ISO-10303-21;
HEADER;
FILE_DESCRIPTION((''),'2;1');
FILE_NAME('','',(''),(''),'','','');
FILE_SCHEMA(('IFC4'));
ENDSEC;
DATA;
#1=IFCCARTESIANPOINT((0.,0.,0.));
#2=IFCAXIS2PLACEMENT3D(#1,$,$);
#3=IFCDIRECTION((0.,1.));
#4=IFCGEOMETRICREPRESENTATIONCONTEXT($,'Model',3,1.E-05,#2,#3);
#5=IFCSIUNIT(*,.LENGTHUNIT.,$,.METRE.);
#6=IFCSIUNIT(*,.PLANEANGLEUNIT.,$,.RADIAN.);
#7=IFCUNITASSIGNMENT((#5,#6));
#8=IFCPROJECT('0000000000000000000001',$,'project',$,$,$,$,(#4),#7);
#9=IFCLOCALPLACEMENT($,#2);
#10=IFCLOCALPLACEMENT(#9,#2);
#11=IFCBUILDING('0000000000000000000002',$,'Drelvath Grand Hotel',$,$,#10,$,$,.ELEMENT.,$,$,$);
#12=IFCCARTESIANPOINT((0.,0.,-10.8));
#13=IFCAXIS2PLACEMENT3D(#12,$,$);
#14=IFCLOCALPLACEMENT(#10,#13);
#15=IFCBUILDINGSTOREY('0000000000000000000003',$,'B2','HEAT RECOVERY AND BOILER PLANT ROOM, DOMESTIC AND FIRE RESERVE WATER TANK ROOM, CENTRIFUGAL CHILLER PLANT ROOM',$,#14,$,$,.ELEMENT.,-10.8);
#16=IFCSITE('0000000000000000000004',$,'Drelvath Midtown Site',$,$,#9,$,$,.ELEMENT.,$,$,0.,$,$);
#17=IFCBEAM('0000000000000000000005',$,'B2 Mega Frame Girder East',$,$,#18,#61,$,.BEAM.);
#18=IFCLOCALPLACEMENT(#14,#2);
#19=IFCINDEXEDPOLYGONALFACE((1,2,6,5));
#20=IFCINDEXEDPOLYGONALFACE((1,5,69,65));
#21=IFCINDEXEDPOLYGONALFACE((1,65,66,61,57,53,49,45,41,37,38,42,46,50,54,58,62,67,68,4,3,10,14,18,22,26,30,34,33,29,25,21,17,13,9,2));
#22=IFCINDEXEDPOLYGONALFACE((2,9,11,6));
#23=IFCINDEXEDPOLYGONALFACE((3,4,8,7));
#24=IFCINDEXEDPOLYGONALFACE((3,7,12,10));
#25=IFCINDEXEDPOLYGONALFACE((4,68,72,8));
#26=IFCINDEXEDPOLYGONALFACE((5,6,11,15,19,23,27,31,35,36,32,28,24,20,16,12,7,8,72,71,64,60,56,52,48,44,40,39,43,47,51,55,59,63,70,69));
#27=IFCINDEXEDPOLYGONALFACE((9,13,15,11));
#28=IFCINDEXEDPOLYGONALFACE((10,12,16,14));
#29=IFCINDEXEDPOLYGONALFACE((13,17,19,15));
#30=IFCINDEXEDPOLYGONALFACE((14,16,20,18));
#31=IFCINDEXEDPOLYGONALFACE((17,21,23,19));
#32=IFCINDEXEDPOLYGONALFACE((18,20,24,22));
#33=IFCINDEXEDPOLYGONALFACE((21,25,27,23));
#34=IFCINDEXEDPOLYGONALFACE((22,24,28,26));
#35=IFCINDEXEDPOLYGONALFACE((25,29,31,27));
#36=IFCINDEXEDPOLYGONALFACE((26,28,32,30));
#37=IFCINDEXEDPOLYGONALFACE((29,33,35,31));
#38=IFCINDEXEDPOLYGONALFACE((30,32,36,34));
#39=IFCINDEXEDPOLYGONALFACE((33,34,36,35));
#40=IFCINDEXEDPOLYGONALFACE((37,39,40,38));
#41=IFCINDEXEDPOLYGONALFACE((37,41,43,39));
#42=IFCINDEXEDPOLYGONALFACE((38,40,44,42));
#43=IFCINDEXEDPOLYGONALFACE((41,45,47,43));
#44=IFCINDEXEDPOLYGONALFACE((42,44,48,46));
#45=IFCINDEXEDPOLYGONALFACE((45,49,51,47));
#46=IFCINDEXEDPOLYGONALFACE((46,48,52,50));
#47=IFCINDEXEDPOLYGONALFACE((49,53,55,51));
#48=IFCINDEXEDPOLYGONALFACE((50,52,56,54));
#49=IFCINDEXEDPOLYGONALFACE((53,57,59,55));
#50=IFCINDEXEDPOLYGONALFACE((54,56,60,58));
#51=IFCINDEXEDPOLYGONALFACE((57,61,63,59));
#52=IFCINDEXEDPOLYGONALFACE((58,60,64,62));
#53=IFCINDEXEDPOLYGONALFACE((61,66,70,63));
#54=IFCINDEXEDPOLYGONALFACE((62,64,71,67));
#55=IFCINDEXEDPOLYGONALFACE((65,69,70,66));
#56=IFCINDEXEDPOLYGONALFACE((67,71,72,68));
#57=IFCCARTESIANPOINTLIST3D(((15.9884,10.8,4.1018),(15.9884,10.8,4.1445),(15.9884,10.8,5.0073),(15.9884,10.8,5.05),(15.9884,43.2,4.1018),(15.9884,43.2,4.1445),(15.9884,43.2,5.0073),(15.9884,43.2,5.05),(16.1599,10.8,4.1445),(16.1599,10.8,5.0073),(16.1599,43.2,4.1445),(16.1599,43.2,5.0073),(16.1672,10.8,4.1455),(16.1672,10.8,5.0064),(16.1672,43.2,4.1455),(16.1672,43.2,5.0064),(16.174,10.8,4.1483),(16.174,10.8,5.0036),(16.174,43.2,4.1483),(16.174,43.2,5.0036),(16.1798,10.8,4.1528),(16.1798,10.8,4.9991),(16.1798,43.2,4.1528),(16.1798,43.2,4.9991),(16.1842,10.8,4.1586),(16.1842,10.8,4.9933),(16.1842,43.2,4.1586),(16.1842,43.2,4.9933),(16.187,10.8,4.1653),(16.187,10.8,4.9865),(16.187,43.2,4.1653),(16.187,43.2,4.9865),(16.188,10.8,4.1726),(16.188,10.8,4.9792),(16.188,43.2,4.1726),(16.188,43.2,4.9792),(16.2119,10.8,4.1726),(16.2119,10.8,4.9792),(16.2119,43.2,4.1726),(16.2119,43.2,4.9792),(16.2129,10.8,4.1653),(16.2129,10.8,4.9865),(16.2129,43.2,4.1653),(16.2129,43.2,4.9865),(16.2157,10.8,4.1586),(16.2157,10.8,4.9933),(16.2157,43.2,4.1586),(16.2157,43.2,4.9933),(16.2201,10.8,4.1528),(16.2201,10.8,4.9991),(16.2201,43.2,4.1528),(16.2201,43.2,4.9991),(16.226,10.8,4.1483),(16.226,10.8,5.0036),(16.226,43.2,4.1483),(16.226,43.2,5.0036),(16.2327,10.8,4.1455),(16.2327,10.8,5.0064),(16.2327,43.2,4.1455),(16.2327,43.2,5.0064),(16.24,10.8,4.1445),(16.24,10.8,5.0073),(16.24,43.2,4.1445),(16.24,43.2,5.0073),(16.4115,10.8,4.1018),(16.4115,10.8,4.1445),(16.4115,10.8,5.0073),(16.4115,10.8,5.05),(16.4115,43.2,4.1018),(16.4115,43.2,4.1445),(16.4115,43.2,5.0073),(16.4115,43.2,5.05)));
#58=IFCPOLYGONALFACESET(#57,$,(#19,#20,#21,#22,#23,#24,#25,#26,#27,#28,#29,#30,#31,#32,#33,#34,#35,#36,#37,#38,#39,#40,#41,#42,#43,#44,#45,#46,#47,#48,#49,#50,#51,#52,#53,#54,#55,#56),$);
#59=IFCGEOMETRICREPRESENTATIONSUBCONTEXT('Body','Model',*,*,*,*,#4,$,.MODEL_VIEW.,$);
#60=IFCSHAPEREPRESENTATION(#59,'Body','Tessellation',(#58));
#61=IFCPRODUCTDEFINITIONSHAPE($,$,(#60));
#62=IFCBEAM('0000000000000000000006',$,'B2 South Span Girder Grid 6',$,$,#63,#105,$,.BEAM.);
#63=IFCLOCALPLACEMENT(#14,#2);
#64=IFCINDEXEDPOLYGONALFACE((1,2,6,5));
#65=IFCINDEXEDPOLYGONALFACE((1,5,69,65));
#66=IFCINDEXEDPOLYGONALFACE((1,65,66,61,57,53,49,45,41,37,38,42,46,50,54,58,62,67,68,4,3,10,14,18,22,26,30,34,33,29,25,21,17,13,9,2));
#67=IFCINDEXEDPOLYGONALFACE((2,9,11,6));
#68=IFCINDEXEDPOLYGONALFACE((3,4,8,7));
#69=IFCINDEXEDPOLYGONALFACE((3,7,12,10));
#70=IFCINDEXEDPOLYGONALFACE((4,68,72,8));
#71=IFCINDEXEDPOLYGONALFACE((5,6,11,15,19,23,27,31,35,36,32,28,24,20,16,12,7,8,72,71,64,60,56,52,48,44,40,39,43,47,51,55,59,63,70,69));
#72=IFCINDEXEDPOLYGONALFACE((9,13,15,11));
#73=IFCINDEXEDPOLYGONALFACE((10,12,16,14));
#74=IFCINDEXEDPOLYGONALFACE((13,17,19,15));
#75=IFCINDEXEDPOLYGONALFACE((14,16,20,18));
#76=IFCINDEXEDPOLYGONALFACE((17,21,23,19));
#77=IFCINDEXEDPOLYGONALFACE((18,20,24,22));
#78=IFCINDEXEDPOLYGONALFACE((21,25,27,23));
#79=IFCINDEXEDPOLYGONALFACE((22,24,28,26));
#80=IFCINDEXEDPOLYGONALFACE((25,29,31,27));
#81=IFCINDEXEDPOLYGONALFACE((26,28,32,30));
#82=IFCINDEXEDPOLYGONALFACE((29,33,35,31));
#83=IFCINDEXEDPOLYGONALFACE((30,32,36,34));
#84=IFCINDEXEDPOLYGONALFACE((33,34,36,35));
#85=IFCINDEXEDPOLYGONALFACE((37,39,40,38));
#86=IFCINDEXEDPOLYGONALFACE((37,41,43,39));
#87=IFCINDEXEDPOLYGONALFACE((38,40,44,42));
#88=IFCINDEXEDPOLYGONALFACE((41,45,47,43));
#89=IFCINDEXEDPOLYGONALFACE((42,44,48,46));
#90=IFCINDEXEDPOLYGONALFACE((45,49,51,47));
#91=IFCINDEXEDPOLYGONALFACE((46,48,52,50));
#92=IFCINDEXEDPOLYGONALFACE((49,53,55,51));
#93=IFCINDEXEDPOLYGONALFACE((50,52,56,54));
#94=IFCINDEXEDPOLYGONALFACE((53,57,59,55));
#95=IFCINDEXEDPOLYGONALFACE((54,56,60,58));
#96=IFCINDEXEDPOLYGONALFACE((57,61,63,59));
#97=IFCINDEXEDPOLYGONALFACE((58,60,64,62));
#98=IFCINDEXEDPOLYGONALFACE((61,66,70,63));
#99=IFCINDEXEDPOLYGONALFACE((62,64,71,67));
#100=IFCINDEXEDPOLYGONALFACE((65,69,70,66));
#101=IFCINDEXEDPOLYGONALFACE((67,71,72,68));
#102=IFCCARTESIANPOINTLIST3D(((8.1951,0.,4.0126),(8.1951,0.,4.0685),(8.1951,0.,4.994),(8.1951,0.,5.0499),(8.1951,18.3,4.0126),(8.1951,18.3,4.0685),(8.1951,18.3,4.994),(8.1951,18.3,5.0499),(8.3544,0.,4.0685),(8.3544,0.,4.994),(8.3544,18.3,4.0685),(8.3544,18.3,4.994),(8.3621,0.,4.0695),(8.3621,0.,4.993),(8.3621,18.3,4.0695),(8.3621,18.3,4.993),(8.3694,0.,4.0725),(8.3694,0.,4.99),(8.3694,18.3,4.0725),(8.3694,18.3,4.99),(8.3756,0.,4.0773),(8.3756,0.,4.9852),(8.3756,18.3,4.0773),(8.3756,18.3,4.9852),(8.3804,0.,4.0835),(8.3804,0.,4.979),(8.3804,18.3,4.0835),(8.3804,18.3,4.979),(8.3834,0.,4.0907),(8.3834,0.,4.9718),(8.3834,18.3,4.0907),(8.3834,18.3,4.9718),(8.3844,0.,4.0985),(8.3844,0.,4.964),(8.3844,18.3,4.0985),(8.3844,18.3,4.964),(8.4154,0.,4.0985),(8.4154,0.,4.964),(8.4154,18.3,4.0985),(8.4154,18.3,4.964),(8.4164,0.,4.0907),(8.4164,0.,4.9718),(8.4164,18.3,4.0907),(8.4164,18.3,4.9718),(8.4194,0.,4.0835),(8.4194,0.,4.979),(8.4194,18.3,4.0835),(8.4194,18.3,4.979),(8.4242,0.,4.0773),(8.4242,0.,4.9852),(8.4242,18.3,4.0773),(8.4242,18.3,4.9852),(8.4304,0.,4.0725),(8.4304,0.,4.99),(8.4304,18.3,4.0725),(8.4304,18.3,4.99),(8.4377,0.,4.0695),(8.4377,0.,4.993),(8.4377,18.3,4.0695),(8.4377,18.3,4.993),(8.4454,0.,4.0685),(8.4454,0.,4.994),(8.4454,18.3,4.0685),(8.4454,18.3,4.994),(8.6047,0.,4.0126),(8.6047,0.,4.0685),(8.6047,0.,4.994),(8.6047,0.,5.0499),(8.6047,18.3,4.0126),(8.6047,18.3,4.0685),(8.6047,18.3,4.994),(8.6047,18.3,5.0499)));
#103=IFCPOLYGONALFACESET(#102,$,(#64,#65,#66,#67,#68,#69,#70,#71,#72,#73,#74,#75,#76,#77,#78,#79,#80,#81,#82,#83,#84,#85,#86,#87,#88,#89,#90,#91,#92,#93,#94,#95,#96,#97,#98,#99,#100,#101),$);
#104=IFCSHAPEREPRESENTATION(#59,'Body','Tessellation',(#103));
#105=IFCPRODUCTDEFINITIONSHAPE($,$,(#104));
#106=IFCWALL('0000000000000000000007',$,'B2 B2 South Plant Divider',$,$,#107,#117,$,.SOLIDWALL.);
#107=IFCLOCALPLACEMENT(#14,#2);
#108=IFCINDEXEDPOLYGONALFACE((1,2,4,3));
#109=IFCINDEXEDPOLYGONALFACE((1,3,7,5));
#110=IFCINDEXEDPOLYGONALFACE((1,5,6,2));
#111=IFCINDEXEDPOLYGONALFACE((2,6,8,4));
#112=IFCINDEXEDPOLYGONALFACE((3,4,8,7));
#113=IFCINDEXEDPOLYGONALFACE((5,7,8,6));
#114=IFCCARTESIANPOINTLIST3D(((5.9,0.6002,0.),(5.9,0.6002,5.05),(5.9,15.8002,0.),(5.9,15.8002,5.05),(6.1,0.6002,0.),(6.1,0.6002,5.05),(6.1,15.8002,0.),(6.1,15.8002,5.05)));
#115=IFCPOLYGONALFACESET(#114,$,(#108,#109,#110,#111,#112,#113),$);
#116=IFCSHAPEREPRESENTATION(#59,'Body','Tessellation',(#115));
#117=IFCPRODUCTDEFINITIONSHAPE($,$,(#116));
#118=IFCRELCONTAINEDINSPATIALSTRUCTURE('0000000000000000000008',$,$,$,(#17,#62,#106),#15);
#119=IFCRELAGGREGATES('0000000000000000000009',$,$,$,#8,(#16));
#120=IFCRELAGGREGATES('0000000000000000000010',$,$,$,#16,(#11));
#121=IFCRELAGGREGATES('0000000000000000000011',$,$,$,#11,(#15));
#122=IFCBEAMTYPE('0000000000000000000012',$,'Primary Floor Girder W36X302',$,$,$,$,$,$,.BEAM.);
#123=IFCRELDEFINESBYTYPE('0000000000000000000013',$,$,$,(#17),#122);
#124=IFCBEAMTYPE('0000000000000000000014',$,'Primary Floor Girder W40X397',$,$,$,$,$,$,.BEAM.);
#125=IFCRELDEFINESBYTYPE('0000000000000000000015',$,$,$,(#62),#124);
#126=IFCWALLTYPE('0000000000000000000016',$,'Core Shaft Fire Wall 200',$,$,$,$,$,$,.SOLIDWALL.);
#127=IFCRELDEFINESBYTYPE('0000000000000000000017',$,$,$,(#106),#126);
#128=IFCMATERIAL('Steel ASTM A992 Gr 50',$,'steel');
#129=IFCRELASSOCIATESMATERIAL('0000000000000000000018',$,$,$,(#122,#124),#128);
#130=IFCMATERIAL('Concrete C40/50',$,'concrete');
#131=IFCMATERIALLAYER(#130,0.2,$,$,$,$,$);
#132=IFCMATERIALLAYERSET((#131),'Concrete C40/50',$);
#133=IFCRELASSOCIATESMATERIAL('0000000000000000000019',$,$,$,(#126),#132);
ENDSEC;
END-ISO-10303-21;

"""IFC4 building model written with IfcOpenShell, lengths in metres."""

from ifc_helpers import new_model, si_unit, direction, frame, frame_2d, origin, origin_2d, place, context, subcontext, project, spatial, rectangle, i_section, extrude, material, layer, layer_set, material_profile, profile_set, type_object, element, save


model = new_model("IFC4")

# Units and contexts
model_context = context("Model", 3, precision=1e-05, world=origin(), true_north=direction((0.0, 1.0)))
body_context = subcontext(model_context, "Body", "Model", "MODEL_VIEW")
ifc_project = project(units=[si_unit("LENGTHUNIT", "METRE"), si_unit("PLANEANGLEUNIT", "RADIAN")], contexts=[model_context])

# Site, building, storey
site_placement = place(None, origin())
site = spatial("IfcSite", under=ifc_project, at=site_placement, Name="Drelvath Midtown Site", CompositionType="ELEMENT", RefElevation=0.0)
building_placement = place(site_placement, origin())
building = spatial("IfcBuilding", under=site, at=building_placement, Name="Drelvath Grand Hotel", CompositionType="ELEMENT")
storey_placement = place(building_placement, frame((0.0, 0.0, -10.8)))
storey = spatial("IfcBuildingStorey", under=building, at=storey_placement, Name="B2", Description="HEAT RECOVERY AND BOILER PLANT ROOM, DOMESTIC AND FIRE RESERVE WATER TANK ROOM, CENTRIFUGAL CHILLER PLANT ROOM", CompositionType="ELEMENT", Elevation=-10.8)

# Beams
ifc_material_1 = material(Name="Steel ASTM A992 Gr 50", Category="steel")
ifc_material_profile_1 = material_profile(ifc_material_1, i_section(OverallWidth=0.4231, OverallDepth=0.9482, WebThickness=0.0239, FlangeThickness=0.0427, FilletRadius=0.0281, at=origin_2d()), Name="W36X302")
ifc_profile_set_1 = profile_set([ifc_material_profile_1], Name="Steel ASTM A992 Gr 50")
beam_type_1 = type_object("IfcBeamType", Name="Primary Floor Girder W36X302", PredefinedType="BEAM", material=ifc_profile_set_1)
beam_1_placement = place(storey_placement, frame((16.2, 10.8, 4.5759), z_axis=(0.0, 1.0, 0.0), x_axis=(-1.0, 0.0, 0.0)))
element("IfcBeam", 1, at=beam_1_placement, inside=storey, type_object=beam_type_1, Name="B2 Mega Frame Girder East", PredefinedType="BEAM", context=body_context, shape_type="SweptSolid", body=[
    extrude(i_section(OverallWidth=0.4231, OverallDepth=0.9482, WebThickness=0.0239, FlangeThickness=0.0427, FilletRadius=0.0281, at=origin_2d()), origin(), (0.0, 0.0, 1.0), 32.3999),
])
ifc_material_profile_2 = material_profile(ifc_material_1, i_section(OverallWidth=0.4097, OverallDepth=1.0374, WebThickness=0.031, FlangeThickness=0.0559, FilletRadius=0.03, at=origin_2d()), Name="W40X397")
ifc_profile_set_2 = profile_set([ifc_material_profile_2], Name="Steel ASTM A992 Gr 50")
beam_type_2 = type_object("IfcBeamType", Name="Primary Floor Girder W40X397", PredefinedType="BEAM", material=ifc_profile_set_2)
beam_2_placement = place(storey_placement, frame((8.3999, 0.0, 4.5312), z_axis=(0.0, 1.0, 0.0), x_axis=(-1.0, 0.0, 0.0)))
element("IfcBeam", 2, at=beam_2_placement, inside=storey, type_object=beam_type_2, Name="B2 South Span Girder Grid 6", PredefinedType="BEAM", context=body_context, shape_type="SweptSolid", body=[
    extrude(i_section(OverallWidth=0.4097, OverallDepth=1.0374, WebThickness=0.031, FlangeThickness=0.0559, FilletRadius=0.03, at=origin_2d()), origin(), (0.0, 0.0, 1.0), 18.3),
])

# Wall
ifc_material_2 = material(Name="Concrete C40/50", Category="concrete")
ifc_layer = layer(ifc_material_2, 0.2)
ifc_layer_set = layer_set([ifc_layer], Name="Concrete C40/50")
wall_type = type_object("IfcWallType", Name="Core Shaft Fire Wall 200", PredefinedType="SOLIDWALL", material=ifc_layer_set)
wall_placement = place(storey_placement, frame((6.0, 0.6001, 0.0), z_axis=(0.0, 0.0, 1.0), x_axis=(0.0, 1.0, 0.0)))
element("IfcWall", 3, at=wall_placement, inside=storey, type_object=wall_type, Name="B2 B2 South Plant Divider", PredefinedType="SOLIDWALL", context=body_context, shape_type="SweptSolid", body=[
    extrude(rectangle(XDim=15.2, YDim=0.2, at=frame_2d((7.6001, 0.0))), origin(), (0.0, 0.0, 1.0), 5.05),
])

save(model, "model.ifc")
